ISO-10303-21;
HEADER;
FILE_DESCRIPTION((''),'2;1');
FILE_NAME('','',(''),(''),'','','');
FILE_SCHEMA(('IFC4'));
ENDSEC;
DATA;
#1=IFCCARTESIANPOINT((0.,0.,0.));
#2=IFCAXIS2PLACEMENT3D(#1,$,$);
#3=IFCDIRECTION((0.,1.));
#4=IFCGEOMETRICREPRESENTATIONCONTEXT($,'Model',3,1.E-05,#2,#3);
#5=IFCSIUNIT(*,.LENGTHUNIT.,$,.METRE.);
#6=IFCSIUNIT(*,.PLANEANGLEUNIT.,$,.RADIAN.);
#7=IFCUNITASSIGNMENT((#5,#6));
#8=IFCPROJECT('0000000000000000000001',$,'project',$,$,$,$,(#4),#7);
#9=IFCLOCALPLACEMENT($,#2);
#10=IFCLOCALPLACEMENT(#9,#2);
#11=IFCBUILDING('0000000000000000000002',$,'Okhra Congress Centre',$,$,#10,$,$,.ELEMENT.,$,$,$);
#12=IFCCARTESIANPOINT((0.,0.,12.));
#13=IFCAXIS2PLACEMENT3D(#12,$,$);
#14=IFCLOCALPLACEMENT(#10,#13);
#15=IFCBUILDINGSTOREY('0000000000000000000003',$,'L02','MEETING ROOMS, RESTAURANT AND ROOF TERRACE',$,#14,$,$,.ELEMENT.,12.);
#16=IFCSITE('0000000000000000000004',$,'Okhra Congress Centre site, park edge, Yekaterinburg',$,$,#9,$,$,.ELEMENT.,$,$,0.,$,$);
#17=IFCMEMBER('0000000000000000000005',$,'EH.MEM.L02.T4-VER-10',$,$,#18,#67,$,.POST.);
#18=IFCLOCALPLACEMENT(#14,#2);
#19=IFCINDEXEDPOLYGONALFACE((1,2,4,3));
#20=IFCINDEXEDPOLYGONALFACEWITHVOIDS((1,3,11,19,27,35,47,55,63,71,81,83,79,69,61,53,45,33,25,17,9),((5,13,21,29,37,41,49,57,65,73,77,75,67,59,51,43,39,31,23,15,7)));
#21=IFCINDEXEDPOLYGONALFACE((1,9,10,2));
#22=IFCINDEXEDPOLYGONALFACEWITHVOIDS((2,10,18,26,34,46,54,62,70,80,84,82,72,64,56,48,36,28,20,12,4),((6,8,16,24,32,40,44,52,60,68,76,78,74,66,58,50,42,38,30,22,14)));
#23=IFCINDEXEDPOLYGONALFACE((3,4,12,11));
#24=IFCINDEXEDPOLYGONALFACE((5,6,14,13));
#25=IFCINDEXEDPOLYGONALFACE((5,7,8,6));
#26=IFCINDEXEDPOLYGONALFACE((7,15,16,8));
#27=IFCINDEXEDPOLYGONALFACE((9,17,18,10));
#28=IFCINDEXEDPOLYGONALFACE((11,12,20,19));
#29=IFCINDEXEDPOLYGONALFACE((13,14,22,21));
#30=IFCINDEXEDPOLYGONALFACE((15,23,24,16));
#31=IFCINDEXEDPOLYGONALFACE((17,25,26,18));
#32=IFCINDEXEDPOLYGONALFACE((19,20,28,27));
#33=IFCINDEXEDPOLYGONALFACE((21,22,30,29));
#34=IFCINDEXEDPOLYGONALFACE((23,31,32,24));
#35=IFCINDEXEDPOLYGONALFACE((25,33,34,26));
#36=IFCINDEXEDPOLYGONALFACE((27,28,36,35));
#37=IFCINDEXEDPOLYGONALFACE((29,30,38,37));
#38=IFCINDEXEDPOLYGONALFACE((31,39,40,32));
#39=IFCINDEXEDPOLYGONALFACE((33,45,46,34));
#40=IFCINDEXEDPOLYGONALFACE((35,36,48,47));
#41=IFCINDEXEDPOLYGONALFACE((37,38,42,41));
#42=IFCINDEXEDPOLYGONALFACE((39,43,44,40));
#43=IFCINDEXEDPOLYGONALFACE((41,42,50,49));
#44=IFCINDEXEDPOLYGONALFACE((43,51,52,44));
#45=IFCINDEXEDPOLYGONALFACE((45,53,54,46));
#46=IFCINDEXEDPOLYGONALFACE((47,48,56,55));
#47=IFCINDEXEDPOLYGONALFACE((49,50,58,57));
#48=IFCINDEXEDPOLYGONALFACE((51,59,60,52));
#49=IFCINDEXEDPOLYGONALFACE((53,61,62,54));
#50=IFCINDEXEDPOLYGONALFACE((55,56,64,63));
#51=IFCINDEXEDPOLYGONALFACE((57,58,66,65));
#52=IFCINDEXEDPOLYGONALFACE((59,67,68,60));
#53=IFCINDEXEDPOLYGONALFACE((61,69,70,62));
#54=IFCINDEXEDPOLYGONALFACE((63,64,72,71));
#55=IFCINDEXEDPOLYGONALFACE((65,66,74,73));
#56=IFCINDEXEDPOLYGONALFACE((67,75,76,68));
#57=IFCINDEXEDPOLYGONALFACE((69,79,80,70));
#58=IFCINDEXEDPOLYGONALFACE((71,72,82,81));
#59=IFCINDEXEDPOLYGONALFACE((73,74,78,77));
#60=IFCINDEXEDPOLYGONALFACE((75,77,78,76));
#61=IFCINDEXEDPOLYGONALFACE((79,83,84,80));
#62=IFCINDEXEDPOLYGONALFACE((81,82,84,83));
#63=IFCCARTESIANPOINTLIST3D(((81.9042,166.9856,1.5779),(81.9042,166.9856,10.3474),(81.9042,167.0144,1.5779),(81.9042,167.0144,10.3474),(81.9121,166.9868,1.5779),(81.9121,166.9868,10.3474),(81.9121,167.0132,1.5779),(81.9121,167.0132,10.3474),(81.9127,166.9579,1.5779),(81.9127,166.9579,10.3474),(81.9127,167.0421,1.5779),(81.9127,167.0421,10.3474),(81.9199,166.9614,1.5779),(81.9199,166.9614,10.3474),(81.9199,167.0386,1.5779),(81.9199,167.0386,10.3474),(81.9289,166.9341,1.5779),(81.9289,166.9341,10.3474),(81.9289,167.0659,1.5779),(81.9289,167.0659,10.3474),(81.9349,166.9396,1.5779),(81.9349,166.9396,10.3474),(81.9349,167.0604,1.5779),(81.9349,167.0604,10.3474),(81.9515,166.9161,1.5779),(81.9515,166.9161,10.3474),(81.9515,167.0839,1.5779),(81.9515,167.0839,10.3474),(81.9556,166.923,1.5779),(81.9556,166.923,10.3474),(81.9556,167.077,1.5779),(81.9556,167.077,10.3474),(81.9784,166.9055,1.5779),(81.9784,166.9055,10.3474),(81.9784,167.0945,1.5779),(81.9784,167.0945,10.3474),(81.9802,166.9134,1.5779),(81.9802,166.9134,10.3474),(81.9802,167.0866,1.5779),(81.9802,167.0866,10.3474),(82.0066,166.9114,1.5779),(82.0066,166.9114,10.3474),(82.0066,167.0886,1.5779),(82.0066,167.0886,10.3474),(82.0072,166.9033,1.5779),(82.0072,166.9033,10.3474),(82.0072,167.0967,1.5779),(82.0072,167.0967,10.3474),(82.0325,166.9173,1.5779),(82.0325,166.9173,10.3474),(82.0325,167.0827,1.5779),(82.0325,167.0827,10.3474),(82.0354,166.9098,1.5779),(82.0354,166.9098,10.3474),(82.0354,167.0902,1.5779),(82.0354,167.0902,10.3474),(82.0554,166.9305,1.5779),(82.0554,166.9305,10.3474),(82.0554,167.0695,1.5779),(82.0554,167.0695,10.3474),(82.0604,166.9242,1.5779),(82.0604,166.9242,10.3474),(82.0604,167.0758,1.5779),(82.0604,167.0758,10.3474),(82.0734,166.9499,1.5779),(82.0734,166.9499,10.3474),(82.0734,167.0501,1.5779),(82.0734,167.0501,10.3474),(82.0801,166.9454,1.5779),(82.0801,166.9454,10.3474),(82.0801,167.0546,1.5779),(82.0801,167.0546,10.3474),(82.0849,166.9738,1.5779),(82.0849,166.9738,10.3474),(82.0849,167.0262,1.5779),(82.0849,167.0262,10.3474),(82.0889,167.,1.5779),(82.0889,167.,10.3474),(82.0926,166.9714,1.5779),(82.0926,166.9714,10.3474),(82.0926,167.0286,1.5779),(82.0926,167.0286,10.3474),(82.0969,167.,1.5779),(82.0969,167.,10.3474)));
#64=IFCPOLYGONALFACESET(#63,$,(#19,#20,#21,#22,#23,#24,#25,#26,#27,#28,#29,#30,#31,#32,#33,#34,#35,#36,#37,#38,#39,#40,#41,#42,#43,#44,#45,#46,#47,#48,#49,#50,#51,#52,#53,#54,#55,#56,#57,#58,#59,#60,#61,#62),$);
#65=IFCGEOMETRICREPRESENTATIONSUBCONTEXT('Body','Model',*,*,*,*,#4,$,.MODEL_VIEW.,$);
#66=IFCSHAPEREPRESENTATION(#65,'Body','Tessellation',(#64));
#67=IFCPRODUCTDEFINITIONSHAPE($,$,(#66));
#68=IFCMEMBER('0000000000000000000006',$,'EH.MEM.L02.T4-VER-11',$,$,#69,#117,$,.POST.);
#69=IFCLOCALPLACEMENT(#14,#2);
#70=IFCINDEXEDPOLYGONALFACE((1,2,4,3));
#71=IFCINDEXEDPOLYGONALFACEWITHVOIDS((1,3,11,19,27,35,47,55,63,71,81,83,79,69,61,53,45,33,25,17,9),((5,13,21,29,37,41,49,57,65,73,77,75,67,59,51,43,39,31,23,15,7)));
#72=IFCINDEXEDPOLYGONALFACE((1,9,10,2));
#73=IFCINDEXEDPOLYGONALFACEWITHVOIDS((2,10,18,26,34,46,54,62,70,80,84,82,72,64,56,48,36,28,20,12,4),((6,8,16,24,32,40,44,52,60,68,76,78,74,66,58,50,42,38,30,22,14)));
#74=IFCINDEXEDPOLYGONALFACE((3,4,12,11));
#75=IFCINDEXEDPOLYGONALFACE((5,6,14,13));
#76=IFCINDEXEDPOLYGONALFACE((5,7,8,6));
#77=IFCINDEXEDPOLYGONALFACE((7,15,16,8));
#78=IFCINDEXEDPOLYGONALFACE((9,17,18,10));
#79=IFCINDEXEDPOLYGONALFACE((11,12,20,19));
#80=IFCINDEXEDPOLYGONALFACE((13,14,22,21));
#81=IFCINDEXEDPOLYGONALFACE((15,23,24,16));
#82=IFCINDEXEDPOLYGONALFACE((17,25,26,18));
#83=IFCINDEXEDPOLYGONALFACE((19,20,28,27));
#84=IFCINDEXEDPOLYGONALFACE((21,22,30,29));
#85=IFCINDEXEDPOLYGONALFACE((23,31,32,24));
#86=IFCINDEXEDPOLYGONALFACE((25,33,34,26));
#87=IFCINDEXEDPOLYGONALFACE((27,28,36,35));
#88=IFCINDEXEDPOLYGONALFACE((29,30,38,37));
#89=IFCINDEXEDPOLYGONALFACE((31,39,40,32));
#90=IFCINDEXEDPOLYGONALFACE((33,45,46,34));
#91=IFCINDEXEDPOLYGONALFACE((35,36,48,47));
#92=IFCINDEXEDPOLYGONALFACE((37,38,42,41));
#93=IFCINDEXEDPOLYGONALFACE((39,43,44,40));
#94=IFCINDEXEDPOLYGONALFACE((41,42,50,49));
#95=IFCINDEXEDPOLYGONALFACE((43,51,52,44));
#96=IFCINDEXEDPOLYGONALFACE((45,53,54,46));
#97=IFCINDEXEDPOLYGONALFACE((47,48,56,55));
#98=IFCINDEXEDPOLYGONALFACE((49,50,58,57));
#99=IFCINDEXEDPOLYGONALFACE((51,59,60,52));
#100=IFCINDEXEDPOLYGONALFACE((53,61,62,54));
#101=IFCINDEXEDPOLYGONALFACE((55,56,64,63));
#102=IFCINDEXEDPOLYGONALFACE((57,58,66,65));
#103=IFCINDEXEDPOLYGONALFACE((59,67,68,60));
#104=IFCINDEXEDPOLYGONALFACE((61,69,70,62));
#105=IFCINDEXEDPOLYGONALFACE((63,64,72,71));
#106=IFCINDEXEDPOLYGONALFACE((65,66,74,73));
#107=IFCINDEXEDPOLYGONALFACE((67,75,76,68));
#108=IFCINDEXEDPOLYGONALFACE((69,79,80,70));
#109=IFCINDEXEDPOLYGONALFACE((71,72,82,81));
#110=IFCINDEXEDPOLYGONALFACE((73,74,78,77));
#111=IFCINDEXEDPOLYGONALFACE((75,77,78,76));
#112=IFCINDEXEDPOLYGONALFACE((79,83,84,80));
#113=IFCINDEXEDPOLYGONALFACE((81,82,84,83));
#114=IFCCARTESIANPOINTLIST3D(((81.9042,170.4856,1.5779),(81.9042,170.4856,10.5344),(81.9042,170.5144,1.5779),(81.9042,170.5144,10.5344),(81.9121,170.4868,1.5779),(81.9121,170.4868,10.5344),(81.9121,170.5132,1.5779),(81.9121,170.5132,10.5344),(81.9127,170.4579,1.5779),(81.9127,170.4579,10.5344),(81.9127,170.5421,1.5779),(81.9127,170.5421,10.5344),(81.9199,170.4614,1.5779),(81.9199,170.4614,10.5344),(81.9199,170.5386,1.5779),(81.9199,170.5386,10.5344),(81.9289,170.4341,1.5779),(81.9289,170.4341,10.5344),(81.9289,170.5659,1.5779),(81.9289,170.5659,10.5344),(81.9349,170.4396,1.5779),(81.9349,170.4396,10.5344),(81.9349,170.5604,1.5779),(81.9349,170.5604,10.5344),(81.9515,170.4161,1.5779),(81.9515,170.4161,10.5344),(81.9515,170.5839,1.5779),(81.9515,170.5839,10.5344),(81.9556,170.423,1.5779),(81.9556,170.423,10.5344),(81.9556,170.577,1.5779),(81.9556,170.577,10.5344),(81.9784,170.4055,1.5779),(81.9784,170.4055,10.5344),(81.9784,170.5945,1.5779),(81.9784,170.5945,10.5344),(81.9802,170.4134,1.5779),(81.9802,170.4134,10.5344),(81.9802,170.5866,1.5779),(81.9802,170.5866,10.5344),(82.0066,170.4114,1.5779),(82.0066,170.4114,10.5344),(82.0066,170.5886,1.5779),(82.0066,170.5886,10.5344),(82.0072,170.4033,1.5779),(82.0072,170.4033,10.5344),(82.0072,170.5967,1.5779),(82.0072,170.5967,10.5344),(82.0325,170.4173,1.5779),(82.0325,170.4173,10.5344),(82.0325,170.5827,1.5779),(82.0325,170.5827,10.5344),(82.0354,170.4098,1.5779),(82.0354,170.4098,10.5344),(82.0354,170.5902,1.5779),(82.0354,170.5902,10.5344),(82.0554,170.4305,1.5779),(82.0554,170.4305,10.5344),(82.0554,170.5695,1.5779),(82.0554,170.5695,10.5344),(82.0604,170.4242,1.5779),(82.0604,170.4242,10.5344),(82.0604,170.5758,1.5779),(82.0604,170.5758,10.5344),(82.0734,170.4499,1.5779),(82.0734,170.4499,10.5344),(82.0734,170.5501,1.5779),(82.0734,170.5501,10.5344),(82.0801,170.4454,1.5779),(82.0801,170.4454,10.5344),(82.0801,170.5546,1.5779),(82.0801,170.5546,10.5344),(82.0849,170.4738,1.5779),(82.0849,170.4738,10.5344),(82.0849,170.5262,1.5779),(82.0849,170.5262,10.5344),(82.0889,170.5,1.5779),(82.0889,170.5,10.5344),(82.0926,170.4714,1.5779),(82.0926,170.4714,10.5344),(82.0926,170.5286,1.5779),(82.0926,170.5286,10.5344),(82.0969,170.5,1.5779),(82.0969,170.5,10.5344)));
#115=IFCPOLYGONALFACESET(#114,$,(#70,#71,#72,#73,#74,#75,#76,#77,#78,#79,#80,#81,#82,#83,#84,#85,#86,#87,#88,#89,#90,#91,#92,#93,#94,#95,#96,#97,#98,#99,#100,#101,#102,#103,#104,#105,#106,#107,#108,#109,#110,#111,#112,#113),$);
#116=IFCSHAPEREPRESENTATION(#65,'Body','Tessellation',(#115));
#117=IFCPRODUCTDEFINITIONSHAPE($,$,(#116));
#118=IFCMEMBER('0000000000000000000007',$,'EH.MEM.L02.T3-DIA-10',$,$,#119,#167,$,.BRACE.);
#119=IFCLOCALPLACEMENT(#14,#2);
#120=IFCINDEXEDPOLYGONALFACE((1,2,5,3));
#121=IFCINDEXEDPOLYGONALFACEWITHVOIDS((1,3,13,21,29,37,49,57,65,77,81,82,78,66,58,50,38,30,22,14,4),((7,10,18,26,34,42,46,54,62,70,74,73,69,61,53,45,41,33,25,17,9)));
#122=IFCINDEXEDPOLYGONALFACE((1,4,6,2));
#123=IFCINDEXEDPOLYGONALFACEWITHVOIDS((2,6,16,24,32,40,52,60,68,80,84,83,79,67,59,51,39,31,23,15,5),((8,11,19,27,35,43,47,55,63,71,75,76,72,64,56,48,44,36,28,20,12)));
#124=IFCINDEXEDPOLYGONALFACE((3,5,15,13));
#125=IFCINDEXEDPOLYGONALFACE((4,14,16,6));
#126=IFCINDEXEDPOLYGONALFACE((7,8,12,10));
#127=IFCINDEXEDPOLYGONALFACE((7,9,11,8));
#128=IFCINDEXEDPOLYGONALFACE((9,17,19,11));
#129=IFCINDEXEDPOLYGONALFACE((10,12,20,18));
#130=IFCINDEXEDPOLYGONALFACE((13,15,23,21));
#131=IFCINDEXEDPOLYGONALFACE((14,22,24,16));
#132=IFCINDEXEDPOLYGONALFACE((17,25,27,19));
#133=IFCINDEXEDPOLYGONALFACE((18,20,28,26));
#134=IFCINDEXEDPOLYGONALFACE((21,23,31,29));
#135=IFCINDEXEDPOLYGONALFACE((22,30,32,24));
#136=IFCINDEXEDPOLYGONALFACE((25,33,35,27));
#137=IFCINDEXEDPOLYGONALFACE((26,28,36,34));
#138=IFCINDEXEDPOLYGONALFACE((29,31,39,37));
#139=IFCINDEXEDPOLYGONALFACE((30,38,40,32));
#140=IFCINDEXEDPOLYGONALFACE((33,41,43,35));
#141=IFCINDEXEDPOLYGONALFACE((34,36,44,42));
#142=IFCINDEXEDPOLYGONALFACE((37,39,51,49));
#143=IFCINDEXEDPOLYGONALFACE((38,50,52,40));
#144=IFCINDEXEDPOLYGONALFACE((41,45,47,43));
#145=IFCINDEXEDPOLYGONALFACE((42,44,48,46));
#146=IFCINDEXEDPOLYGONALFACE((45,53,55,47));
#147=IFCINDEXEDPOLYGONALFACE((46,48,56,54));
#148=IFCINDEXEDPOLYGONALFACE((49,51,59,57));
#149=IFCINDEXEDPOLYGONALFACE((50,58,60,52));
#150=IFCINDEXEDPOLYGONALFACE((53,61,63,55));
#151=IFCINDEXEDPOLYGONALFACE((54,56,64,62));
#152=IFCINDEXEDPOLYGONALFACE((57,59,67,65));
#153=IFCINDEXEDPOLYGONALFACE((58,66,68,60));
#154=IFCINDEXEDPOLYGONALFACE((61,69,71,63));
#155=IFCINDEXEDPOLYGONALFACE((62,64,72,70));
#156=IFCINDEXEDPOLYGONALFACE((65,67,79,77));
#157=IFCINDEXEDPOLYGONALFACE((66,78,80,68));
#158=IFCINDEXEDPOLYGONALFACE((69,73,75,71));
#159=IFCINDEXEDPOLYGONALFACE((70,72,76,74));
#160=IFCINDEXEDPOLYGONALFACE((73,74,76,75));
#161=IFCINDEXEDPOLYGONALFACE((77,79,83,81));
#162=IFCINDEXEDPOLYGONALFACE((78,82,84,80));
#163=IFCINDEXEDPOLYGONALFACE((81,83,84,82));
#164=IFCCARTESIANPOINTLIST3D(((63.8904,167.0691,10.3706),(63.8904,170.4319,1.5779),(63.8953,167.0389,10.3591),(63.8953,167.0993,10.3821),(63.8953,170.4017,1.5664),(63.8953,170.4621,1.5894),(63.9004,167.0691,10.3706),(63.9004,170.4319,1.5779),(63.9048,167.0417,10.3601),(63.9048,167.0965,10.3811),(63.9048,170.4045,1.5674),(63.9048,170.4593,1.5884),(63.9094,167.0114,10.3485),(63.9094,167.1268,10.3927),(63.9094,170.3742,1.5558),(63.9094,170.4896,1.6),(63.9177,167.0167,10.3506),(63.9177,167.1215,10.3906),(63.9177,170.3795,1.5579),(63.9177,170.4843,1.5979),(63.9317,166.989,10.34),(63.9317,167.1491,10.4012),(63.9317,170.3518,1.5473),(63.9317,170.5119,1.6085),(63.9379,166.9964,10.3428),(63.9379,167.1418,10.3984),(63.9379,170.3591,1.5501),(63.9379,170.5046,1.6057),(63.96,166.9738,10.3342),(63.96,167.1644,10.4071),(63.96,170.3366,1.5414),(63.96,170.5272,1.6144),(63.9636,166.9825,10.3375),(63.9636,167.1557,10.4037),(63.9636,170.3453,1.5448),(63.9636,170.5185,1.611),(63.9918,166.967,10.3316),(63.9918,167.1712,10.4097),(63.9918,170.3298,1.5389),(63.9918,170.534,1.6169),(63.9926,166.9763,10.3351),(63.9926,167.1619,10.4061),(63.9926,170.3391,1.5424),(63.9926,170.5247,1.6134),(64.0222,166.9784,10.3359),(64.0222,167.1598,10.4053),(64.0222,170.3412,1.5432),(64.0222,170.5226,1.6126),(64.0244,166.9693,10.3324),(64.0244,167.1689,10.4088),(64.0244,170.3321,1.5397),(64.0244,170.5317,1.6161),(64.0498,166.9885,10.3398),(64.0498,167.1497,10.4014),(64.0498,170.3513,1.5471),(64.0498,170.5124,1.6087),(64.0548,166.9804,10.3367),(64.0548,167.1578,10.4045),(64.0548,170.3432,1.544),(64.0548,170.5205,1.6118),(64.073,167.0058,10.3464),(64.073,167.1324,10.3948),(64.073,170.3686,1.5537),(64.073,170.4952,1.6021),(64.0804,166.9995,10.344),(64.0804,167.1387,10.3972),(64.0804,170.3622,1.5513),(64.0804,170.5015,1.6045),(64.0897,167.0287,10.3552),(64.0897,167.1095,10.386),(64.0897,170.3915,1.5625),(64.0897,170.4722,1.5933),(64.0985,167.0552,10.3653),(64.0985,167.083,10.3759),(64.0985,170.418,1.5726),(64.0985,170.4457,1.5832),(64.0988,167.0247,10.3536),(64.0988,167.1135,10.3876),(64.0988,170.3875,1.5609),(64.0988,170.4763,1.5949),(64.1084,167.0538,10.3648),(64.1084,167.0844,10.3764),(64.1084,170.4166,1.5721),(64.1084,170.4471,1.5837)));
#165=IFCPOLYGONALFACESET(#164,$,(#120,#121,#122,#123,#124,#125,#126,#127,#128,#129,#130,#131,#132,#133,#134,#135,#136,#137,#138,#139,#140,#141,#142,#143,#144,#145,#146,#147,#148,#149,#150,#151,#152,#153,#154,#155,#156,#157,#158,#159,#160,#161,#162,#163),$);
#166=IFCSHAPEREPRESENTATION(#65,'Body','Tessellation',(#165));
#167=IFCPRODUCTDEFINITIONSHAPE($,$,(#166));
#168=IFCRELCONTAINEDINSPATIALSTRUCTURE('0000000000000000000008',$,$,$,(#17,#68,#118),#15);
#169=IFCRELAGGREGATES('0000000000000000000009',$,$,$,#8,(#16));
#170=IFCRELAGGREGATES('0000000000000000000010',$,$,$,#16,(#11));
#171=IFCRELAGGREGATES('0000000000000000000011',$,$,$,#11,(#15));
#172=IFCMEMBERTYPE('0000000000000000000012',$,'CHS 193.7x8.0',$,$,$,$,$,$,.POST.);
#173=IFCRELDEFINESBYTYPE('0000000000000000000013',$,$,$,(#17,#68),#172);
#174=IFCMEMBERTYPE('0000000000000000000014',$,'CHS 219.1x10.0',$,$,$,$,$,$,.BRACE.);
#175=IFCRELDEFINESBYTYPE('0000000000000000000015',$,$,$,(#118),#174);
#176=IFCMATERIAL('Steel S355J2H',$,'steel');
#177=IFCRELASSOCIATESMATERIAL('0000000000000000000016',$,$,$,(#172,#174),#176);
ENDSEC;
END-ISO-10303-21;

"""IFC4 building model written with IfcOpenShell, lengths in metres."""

from ifc_helpers import new_model, si_unit, direction, frame, origin, origin_2d, place, context, subcontext, project, spatial, hollow_circle, extrude, material, material_profile, profile_set, type_object, element, save


model = new_model("IFC4")

# Units and contexts
model_context = context("Model", 3, precision=1e-05, world=origin(), true_north=direction((0.0, 1.0)))
body_context = subcontext(model_context, "Body", "Model", "MODEL_VIEW")
ifc_project = project(units=[si_unit("LENGTHUNIT", "METRE"), si_unit("PLANEANGLEUNIT", "RADIAN")], contexts=[model_context])

# Site, building, storey
site_placement = place(None, origin())
site = spatial("IfcSite", under=ifc_project, at=site_placement, Name="Okhra Congress Centre site, park edge, Yekaterinburg", CompositionType="ELEMENT", RefElevation=0.0)
building_placement = place(site_placement, origin())
building = spatial("IfcBuilding", under=site, at=building_placement, Name="Okhra Congress Centre", CompositionType="ELEMENT")
storey_placement = place(building_placement, frame((0.0, 0.0, 12.0)))
storey = spatial("IfcBuildingStorey", under=building, at=storey_placement, Name="L02", Description="MEETING ROOMS, RESTAURANT AND ROOF TERRACE", CompositionType="ELEMENT", Elevation=12.0)

# Members
ifc_material_1 = material(Name="Steel S355J2H", Category="steel")
ifc_material_profile_1 = material_profile(ifc_material_1, hollow_circle(Radius=0.0969, WallThickness=0.0081, at=origin_2d()), Name="CHS 193.7x8.0")
ifc_profile_set_1 = profile_set([ifc_material_profile_1], Name="Steel S355J2H")
member_type_1 = type_object("IfcMemberType", Name="CHS 193.7x8.0", PredefinedType="POST", material=ifc_profile_set_1)
member_1_placement = place(storey_placement, frame((82.0, 167.0, 1.5779), z_axis=(0.0, 0.0, 1.0), x_axis=(1.0, 0.0, 0.0)))
element("IfcMember", 1, at=member_1_placement, inside=storey, type_object=member_type_1, Name="EH.MEM.L02.T4-VER-10", PredefinedType="POST", context=body_context, shape_type="SweptSolid", body=[
    extrude(hollow_circle(Radius=0.0969, WallThickness=0.0081, at=origin_2d()), origin(), (0.0, 0.0, 1.0), 8.7695),
])
member_2_placement = place(storey_placement, frame((82.0, 170.5, 1.5779), z_axis=(0.0, 0.0, 1.0), x_axis=(1.0, 0.0, 0.0)))
element("IfcMember", 2, at=member_2_placement, inside=storey, type_object=member_type_1, Name="EH.MEM.L02.T4-VER-11", PredefinedType="POST", context=body_context, shape_type="SweptSolid", body=[
    extrude(hollow_circle(Radius=0.0969, WallThickness=0.0081, at=origin_2d()), origin(), (0.0, 0.0, 1.0), 8.9565),
])
ifc_material_profile_2 = material_profile(ifc_material_1, hollow_circle(Radius=0.1096, WallThickness=0.01, at=origin_2d()), Name="CHS 219.1x10.0")
ifc_profile_set_2 = profile_set([ifc_material_profile_2], Name="Steel S355J2H")
member_type_2 = type_object("IfcMemberType", Name="CHS 219.1x10.0", PredefinedType="BRACE", material=ifc_profile_set_2)
member_3_placement = place(storey_placement, frame((64.0, 167.0691, 10.3706), z_axis=(0.0, 0.357218, -0.934021), x_axis=(-1.0, 0.0, 0.0)))
element("IfcMember", 3, at=member_3_placement, inside=storey, type_object=member_type_2, Name="EH.MEM.L02.T3-DIA-10", PredefinedType="BRACE", context=body_context, shape_type="SweptSolid", body=[
    extrude(hollow_circle(Radius=0.1096, WallThickness=0.01, at=origin_2d()), origin(), (0.0, 0.0, 1.0), 9.4138),
])

save(model, "model.ifc")
